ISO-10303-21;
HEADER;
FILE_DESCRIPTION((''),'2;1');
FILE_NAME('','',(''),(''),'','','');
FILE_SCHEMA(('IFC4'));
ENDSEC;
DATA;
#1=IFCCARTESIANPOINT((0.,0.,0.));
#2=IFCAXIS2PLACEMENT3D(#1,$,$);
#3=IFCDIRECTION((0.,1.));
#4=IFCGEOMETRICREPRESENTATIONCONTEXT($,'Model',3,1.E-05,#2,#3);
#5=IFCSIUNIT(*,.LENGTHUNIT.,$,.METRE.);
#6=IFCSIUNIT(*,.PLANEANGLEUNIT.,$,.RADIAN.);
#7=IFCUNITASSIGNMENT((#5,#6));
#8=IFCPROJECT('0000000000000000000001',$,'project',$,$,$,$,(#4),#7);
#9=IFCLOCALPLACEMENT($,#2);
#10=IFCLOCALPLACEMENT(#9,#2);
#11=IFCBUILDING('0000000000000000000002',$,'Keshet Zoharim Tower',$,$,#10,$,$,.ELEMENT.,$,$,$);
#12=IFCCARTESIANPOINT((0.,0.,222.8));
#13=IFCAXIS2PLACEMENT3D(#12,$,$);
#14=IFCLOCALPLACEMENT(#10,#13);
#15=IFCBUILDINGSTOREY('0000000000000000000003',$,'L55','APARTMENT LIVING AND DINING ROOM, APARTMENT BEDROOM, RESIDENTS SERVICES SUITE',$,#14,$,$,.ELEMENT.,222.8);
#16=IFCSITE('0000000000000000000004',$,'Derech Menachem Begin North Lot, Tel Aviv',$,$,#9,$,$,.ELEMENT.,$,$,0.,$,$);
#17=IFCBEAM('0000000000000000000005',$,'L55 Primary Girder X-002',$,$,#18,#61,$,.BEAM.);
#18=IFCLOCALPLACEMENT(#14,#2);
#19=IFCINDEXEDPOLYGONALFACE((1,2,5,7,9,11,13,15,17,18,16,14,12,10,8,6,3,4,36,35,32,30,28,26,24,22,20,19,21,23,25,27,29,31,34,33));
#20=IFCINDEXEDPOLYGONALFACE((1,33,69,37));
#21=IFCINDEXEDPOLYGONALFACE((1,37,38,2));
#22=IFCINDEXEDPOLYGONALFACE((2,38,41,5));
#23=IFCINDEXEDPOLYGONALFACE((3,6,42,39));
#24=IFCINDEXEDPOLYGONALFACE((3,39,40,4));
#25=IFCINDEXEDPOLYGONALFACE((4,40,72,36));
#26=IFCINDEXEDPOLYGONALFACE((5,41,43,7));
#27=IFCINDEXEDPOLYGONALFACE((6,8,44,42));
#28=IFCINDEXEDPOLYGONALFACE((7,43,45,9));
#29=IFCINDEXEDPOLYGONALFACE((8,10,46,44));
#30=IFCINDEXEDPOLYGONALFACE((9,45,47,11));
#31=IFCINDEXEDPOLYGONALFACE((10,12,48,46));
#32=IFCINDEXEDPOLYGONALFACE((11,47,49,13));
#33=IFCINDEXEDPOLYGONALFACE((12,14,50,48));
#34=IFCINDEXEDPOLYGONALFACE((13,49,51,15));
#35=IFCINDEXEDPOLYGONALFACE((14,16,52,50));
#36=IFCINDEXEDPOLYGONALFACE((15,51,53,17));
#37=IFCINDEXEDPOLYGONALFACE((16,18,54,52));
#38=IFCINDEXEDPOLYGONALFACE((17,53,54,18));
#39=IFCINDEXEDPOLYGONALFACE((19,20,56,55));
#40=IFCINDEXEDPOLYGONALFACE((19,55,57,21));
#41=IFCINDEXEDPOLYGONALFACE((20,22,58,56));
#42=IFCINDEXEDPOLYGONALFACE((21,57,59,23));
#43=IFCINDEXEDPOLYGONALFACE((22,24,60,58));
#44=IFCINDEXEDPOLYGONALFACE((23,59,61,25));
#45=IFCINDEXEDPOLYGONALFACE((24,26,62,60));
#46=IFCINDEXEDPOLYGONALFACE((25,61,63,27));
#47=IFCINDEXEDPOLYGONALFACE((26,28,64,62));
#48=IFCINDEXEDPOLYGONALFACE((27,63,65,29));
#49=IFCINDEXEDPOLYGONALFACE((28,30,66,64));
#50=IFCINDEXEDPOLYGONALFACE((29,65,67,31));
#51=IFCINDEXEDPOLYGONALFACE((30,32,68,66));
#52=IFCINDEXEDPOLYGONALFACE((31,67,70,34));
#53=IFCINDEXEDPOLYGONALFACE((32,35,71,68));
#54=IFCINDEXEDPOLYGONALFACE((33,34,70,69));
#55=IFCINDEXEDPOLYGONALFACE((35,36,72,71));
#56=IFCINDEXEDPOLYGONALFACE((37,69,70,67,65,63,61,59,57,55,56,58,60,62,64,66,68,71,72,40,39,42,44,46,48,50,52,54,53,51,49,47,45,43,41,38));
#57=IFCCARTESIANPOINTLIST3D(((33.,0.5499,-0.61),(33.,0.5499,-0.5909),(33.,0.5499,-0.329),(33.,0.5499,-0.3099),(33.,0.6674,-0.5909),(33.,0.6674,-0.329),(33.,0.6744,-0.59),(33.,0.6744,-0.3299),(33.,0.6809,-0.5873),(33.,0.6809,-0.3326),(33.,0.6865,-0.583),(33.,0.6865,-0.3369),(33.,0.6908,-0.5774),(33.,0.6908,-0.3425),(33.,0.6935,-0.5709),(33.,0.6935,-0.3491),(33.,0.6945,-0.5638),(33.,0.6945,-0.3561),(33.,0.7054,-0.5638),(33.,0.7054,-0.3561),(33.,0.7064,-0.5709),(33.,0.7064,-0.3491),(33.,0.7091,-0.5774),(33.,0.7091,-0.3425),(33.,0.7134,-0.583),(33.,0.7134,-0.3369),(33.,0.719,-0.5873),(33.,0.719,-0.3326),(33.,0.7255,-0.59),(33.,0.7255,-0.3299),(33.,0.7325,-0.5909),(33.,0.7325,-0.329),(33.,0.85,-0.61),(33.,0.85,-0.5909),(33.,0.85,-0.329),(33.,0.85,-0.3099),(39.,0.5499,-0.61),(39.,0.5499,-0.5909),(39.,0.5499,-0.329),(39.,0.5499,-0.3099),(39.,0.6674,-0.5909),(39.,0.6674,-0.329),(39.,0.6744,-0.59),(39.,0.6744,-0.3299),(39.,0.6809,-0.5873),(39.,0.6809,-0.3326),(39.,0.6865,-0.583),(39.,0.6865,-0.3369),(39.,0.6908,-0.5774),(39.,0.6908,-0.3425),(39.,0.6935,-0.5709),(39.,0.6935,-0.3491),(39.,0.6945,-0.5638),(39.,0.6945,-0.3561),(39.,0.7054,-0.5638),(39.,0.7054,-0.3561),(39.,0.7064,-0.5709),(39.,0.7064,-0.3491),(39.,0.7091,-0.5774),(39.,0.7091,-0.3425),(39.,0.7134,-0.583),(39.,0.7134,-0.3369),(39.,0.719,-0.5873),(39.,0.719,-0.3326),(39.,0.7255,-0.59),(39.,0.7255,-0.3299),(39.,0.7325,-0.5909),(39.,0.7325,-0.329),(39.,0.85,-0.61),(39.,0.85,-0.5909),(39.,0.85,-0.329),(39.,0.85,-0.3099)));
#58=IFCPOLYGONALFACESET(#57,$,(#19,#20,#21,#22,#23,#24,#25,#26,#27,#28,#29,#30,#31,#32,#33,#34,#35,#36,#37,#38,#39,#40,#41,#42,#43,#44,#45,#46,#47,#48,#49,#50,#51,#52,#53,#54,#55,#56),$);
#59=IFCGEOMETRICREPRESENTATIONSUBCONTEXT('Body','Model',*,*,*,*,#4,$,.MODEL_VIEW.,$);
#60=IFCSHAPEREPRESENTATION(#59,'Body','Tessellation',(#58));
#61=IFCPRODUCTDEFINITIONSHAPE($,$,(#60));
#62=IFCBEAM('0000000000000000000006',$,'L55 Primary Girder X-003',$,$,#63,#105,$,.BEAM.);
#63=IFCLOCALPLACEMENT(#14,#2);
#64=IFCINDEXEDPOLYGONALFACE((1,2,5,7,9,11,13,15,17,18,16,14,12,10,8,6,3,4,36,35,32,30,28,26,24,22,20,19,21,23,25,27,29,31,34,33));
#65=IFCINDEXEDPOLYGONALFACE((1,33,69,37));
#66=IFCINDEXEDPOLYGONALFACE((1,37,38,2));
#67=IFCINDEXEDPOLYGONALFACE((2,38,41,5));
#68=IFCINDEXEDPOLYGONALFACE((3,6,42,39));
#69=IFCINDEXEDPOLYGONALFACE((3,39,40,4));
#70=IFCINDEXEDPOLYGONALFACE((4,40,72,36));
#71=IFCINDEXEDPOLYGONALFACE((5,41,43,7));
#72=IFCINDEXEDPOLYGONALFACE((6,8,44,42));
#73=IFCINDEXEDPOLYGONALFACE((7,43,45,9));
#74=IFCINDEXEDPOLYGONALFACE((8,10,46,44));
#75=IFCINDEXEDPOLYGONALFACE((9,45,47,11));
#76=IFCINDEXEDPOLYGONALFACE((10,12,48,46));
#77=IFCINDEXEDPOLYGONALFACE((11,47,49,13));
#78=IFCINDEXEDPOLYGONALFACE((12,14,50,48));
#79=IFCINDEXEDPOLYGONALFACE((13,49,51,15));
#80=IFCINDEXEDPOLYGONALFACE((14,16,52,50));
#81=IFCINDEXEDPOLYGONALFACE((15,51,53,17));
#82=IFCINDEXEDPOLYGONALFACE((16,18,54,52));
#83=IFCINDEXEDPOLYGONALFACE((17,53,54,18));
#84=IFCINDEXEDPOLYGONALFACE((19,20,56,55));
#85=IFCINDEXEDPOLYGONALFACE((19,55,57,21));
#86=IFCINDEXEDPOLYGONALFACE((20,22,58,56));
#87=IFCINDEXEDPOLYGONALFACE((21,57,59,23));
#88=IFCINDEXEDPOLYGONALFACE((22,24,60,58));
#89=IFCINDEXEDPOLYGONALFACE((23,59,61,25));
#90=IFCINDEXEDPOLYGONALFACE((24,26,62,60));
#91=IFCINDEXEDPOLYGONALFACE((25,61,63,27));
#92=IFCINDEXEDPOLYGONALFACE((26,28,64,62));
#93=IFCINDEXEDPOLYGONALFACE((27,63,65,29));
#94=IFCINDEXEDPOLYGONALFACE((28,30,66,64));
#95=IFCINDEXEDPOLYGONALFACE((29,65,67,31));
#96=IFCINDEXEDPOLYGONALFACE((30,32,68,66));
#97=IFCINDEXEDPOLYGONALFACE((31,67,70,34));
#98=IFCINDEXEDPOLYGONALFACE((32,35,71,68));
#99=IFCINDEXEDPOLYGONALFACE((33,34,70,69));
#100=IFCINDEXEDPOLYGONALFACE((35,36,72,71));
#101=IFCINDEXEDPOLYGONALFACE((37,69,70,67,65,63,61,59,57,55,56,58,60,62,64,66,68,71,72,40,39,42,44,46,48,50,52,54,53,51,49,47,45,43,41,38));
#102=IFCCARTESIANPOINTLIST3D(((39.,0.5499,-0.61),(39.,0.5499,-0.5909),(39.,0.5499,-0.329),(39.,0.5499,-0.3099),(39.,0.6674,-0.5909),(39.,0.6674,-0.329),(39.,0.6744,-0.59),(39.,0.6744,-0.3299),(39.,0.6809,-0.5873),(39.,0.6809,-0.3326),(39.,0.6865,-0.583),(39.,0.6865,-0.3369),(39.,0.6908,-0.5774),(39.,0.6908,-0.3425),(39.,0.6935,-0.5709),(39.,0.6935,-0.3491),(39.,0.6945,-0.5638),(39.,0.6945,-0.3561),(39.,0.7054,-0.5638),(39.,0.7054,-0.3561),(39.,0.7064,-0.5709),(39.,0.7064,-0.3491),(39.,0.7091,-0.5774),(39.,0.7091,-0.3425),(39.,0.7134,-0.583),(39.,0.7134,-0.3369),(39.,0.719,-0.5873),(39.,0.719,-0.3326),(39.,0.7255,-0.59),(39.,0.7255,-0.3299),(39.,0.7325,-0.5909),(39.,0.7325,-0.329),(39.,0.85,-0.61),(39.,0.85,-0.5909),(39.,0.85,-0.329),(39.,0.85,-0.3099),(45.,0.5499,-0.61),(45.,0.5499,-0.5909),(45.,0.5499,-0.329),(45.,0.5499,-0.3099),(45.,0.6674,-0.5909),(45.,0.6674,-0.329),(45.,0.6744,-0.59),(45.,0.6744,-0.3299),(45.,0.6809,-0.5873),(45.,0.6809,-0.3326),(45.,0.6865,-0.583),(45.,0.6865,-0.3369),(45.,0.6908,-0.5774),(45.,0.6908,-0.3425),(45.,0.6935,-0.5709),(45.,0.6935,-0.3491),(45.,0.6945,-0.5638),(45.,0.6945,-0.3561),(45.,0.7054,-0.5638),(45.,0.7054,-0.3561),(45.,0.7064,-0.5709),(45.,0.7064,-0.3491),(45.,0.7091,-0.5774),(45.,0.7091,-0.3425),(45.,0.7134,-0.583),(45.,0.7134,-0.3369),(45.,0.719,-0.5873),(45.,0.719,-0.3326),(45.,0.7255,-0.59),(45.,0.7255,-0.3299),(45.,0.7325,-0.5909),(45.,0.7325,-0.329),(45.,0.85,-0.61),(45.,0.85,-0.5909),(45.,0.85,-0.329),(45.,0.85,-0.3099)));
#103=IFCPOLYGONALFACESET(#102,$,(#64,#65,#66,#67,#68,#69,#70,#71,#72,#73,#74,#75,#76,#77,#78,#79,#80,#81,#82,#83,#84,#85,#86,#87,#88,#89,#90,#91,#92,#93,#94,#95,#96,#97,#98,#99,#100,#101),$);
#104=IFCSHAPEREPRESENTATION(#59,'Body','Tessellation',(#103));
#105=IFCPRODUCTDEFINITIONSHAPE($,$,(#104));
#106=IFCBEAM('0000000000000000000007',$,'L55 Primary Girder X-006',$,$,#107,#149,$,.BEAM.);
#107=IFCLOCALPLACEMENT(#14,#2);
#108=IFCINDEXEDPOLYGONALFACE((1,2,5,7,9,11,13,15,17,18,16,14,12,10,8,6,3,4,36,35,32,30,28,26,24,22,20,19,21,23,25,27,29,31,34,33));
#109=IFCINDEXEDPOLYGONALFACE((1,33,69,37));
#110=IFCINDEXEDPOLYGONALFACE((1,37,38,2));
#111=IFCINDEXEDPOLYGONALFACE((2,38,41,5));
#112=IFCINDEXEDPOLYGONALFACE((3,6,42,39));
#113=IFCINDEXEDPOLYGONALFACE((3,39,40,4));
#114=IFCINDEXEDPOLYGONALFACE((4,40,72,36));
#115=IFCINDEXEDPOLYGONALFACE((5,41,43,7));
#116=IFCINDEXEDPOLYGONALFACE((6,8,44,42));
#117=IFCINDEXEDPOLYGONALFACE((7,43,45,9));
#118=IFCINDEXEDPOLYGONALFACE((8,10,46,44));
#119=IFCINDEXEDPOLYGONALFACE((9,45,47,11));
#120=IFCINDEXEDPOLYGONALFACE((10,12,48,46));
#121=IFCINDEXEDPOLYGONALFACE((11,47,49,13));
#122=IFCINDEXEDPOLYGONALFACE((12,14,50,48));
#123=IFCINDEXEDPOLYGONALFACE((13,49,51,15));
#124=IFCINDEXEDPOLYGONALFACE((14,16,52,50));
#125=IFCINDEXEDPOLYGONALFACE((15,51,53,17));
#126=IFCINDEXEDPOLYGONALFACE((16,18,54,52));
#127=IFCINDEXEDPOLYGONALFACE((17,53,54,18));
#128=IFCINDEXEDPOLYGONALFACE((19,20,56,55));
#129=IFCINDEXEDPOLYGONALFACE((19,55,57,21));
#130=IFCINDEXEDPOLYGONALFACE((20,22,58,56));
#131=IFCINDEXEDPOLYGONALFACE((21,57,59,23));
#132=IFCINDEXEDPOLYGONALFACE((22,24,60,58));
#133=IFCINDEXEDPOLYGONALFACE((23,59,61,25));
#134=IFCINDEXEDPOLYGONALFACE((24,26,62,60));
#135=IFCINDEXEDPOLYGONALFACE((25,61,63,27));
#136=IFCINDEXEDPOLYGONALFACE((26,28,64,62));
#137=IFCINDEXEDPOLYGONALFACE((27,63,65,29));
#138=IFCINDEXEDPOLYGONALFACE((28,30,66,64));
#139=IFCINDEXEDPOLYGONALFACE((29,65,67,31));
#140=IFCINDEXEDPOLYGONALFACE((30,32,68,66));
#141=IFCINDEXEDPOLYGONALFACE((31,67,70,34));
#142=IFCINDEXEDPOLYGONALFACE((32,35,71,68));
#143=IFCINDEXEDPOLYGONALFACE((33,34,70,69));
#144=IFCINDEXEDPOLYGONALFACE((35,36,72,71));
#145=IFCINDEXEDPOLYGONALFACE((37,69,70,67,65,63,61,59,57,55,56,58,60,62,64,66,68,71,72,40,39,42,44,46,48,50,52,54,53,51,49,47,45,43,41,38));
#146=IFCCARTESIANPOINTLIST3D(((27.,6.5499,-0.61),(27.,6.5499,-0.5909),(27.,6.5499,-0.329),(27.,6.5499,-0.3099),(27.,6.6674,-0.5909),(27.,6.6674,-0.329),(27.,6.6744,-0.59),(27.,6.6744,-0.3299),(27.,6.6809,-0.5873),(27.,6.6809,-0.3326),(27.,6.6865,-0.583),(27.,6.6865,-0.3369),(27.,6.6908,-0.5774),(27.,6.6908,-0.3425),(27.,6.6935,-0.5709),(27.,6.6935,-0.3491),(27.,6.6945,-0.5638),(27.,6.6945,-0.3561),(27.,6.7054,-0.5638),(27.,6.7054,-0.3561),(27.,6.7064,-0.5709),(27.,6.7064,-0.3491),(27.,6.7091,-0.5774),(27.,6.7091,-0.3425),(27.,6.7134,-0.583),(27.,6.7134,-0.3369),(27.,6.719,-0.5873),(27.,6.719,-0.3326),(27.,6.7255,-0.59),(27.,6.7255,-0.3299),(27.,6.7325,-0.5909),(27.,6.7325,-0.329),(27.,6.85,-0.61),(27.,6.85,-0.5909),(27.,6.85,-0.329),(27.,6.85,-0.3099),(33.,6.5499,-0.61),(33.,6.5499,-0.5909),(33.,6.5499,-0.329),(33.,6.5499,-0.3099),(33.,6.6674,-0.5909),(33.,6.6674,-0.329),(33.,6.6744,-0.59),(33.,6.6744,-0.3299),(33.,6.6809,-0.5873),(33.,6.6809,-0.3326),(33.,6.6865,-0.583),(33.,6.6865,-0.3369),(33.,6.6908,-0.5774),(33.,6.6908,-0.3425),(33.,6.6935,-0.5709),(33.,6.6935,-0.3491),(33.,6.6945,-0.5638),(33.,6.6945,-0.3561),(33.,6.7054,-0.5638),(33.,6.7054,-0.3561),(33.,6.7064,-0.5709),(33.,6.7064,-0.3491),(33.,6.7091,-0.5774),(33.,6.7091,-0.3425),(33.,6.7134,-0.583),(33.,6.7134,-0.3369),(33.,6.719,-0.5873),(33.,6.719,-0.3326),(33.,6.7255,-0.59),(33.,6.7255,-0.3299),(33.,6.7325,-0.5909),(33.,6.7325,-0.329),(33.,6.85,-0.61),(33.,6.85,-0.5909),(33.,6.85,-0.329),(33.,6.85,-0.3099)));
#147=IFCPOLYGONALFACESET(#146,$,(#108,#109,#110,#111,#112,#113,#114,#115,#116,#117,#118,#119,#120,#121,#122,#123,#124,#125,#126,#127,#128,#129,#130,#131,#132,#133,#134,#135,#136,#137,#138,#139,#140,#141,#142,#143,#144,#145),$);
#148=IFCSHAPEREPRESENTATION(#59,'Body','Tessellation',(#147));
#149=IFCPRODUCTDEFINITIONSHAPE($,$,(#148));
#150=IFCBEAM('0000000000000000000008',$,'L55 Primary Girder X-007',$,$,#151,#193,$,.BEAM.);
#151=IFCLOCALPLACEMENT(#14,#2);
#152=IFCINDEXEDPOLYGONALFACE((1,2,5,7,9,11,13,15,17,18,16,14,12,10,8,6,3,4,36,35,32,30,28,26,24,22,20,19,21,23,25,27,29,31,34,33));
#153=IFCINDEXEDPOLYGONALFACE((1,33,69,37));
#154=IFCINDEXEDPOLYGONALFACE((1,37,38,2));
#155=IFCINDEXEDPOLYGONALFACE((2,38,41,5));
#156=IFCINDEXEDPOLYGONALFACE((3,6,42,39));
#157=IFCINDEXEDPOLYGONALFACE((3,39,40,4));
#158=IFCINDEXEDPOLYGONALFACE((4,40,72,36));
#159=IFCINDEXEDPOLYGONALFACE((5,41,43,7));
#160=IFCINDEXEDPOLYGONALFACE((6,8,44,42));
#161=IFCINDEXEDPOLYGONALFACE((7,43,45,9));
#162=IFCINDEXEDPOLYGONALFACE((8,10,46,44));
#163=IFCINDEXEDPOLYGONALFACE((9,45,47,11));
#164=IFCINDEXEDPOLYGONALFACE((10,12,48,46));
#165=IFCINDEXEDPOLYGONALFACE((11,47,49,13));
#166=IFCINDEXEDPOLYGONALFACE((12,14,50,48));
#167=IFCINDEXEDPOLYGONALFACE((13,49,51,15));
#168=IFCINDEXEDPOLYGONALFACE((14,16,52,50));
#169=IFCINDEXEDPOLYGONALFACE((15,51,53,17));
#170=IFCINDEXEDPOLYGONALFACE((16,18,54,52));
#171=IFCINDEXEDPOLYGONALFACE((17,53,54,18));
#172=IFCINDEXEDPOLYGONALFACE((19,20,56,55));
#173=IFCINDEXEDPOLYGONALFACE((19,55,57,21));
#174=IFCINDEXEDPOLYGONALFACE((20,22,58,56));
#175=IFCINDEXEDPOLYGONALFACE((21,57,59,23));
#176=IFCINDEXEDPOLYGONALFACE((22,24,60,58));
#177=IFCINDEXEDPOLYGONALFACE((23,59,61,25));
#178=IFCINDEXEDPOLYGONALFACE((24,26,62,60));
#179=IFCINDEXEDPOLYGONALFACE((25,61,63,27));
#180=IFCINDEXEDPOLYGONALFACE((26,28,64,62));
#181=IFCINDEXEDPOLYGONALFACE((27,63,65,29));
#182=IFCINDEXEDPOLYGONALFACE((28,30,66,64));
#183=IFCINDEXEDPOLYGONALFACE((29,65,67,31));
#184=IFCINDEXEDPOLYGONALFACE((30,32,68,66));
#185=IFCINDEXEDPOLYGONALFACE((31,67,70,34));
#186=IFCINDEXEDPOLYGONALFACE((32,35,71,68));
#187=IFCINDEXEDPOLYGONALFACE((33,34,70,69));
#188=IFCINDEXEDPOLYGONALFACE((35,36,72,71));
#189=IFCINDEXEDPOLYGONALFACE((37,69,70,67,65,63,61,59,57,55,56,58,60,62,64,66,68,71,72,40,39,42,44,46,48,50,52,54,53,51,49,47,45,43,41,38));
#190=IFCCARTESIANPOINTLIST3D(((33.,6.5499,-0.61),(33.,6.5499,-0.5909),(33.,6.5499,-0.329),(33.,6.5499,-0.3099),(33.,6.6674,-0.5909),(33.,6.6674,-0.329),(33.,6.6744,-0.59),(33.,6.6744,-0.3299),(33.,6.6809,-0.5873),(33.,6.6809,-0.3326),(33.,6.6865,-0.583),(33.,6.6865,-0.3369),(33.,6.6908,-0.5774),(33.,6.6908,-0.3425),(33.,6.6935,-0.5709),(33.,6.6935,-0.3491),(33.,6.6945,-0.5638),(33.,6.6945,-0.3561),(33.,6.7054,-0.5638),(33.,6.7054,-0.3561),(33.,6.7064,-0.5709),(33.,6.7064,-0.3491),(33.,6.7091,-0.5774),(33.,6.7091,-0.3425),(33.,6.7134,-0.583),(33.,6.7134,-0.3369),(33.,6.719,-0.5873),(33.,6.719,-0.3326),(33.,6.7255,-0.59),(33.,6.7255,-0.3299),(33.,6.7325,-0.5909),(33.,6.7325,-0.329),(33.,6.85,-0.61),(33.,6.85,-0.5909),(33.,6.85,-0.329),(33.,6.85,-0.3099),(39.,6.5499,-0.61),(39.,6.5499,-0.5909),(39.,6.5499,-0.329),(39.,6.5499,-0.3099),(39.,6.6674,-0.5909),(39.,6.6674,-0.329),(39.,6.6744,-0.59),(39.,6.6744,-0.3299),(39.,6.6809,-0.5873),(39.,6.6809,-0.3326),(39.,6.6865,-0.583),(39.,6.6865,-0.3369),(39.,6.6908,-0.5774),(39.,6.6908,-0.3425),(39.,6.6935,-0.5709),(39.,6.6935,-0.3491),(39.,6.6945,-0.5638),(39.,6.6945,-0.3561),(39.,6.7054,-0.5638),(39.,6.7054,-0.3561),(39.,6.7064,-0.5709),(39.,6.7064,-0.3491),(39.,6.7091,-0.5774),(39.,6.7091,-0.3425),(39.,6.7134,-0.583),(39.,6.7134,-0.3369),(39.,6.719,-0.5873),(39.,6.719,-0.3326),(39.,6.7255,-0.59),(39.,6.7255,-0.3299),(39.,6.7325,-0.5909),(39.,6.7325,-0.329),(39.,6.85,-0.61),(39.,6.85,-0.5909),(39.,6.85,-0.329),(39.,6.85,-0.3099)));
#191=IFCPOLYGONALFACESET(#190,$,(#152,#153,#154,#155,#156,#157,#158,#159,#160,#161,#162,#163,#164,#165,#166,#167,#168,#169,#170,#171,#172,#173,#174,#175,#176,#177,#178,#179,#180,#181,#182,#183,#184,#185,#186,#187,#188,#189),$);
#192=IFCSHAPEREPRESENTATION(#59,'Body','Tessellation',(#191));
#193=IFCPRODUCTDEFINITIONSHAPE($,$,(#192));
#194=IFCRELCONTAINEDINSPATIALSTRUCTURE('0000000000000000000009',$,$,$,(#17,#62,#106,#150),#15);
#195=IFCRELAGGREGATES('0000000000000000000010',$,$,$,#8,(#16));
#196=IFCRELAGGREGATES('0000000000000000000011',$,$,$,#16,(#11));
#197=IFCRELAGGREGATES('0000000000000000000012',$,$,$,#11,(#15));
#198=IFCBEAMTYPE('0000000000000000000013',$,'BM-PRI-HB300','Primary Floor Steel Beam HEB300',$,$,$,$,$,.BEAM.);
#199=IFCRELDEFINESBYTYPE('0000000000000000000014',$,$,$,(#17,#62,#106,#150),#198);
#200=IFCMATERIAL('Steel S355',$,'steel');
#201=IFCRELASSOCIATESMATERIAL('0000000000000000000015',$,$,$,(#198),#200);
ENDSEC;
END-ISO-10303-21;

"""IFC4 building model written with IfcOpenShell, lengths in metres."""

from ifc_helpers import new_model, si_unit, direction, frame, origin, origin_2d, place, context, subcontext, project, spatial, i_section, extrude, material, material_profile, profile_set, type_object, element, save


model = new_model("IFC4")

# Units and contexts
model_context = context("Model", 3, precision=1e-05, world=origin(), true_north=direction((0.0, 1.0)))
body_context = subcontext(model_context, "Body", "Model", "MODEL_VIEW")
ifc_project = project(units=[si_unit("LENGTHUNIT", "METRE"), si_unit("PLANEANGLEUNIT", "RADIAN")], contexts=[model_context])

# Site, building, storey
site_placement = place(None, origin())
site = spatial("IfcSite", under=ifc_project, at=site_placement, Name="Derech Menachem Begin North Lot, Tel Aviv", CompositionType="ELEMENT", RefElevation=0.0)
building_placement = place(site_placement, origin())
building = spatial("IfcBuilding", under=site, at=building_placement, Name="Keshet Zoharim Tower", CompositionType="ELEMENT")
storey_placement = place(building_placement, frame((0.0, 0.0, 222.8)))
storey = spatial("IfcBuildingStorey", under=building, at=storey_placement, Name="L55", Description="APARTMENT LIVING AND DINING ROOM, APARTMENT BEDROOM, RESIDENTS SERVICES SUITE", CompositionType="ELEMENT", Elevation=222.8)

# Shared definitions
ifc_material_1 = material(Name="Steel S355", Category="steel")

# Beams
ifc_material_profile_1 = material_profile(ifc_material_1, i_section(OverallWidth=0.3, OverallDepth=0.3, WebThickness=0.011, FlangeThickness=0.019, FilletRadius=0.0271, at=origin_2d()), Name="HEB300")
ifc_profile_set_1 = profile_set([ifc_material_profile_1], Name="Steel S355")
beam_type_1 = type_object("IfcBeamType", Name="BM-PRI-HB300", Description="Primary Floor Steel Beam HEB300", PredefinedType="BEAM", material=ifc_profile_set_1)
for number, where, z_axis, x_axis, name in (
    (1, (33.0, 0.7, -0.46), (1.0, 0.0, 0.0), (0.0, 1.0, 0.0), "L55 Primary Girder X-002"),
    (2, (39.0, 0.7, -0.46), (1.0, 0.0, 0.0), (0.0, 1.0, 0.0), "L55 Primary Girder X-003"),
    (3, (27.0, 6.7, -0.46), (1.0, 0.0, 0.0), (0.0, 1.0, 0.0), "L55 Primary Girder X-006"),
    (4, (33.0, 6.7, -0.46), (1.0, 0.0, 0.0), (0.0, 1.0, 0.0), "L55 Primary Girder X-007"),
):
    element("IfcBeam", number, at=place(storey_placement, frame(where, z_axis=z_axis, x_axis=x_axis)), inside=storey, type_object=beam_type_1, Name=name, PredefinedType="BEAM", context=body_context, shape_type="SweptSolid", body=[
        extrude(i_section(OverallWidth=0.3, OverallDepth=0.3, WebThickness=0.011, FlangeThickness=0.019, FilletRadius=0.0271, at=origin_2d()), origin(), (0.0, 0.0, 1.0), 6.0),
    ])

save(model, "model.ifc")
